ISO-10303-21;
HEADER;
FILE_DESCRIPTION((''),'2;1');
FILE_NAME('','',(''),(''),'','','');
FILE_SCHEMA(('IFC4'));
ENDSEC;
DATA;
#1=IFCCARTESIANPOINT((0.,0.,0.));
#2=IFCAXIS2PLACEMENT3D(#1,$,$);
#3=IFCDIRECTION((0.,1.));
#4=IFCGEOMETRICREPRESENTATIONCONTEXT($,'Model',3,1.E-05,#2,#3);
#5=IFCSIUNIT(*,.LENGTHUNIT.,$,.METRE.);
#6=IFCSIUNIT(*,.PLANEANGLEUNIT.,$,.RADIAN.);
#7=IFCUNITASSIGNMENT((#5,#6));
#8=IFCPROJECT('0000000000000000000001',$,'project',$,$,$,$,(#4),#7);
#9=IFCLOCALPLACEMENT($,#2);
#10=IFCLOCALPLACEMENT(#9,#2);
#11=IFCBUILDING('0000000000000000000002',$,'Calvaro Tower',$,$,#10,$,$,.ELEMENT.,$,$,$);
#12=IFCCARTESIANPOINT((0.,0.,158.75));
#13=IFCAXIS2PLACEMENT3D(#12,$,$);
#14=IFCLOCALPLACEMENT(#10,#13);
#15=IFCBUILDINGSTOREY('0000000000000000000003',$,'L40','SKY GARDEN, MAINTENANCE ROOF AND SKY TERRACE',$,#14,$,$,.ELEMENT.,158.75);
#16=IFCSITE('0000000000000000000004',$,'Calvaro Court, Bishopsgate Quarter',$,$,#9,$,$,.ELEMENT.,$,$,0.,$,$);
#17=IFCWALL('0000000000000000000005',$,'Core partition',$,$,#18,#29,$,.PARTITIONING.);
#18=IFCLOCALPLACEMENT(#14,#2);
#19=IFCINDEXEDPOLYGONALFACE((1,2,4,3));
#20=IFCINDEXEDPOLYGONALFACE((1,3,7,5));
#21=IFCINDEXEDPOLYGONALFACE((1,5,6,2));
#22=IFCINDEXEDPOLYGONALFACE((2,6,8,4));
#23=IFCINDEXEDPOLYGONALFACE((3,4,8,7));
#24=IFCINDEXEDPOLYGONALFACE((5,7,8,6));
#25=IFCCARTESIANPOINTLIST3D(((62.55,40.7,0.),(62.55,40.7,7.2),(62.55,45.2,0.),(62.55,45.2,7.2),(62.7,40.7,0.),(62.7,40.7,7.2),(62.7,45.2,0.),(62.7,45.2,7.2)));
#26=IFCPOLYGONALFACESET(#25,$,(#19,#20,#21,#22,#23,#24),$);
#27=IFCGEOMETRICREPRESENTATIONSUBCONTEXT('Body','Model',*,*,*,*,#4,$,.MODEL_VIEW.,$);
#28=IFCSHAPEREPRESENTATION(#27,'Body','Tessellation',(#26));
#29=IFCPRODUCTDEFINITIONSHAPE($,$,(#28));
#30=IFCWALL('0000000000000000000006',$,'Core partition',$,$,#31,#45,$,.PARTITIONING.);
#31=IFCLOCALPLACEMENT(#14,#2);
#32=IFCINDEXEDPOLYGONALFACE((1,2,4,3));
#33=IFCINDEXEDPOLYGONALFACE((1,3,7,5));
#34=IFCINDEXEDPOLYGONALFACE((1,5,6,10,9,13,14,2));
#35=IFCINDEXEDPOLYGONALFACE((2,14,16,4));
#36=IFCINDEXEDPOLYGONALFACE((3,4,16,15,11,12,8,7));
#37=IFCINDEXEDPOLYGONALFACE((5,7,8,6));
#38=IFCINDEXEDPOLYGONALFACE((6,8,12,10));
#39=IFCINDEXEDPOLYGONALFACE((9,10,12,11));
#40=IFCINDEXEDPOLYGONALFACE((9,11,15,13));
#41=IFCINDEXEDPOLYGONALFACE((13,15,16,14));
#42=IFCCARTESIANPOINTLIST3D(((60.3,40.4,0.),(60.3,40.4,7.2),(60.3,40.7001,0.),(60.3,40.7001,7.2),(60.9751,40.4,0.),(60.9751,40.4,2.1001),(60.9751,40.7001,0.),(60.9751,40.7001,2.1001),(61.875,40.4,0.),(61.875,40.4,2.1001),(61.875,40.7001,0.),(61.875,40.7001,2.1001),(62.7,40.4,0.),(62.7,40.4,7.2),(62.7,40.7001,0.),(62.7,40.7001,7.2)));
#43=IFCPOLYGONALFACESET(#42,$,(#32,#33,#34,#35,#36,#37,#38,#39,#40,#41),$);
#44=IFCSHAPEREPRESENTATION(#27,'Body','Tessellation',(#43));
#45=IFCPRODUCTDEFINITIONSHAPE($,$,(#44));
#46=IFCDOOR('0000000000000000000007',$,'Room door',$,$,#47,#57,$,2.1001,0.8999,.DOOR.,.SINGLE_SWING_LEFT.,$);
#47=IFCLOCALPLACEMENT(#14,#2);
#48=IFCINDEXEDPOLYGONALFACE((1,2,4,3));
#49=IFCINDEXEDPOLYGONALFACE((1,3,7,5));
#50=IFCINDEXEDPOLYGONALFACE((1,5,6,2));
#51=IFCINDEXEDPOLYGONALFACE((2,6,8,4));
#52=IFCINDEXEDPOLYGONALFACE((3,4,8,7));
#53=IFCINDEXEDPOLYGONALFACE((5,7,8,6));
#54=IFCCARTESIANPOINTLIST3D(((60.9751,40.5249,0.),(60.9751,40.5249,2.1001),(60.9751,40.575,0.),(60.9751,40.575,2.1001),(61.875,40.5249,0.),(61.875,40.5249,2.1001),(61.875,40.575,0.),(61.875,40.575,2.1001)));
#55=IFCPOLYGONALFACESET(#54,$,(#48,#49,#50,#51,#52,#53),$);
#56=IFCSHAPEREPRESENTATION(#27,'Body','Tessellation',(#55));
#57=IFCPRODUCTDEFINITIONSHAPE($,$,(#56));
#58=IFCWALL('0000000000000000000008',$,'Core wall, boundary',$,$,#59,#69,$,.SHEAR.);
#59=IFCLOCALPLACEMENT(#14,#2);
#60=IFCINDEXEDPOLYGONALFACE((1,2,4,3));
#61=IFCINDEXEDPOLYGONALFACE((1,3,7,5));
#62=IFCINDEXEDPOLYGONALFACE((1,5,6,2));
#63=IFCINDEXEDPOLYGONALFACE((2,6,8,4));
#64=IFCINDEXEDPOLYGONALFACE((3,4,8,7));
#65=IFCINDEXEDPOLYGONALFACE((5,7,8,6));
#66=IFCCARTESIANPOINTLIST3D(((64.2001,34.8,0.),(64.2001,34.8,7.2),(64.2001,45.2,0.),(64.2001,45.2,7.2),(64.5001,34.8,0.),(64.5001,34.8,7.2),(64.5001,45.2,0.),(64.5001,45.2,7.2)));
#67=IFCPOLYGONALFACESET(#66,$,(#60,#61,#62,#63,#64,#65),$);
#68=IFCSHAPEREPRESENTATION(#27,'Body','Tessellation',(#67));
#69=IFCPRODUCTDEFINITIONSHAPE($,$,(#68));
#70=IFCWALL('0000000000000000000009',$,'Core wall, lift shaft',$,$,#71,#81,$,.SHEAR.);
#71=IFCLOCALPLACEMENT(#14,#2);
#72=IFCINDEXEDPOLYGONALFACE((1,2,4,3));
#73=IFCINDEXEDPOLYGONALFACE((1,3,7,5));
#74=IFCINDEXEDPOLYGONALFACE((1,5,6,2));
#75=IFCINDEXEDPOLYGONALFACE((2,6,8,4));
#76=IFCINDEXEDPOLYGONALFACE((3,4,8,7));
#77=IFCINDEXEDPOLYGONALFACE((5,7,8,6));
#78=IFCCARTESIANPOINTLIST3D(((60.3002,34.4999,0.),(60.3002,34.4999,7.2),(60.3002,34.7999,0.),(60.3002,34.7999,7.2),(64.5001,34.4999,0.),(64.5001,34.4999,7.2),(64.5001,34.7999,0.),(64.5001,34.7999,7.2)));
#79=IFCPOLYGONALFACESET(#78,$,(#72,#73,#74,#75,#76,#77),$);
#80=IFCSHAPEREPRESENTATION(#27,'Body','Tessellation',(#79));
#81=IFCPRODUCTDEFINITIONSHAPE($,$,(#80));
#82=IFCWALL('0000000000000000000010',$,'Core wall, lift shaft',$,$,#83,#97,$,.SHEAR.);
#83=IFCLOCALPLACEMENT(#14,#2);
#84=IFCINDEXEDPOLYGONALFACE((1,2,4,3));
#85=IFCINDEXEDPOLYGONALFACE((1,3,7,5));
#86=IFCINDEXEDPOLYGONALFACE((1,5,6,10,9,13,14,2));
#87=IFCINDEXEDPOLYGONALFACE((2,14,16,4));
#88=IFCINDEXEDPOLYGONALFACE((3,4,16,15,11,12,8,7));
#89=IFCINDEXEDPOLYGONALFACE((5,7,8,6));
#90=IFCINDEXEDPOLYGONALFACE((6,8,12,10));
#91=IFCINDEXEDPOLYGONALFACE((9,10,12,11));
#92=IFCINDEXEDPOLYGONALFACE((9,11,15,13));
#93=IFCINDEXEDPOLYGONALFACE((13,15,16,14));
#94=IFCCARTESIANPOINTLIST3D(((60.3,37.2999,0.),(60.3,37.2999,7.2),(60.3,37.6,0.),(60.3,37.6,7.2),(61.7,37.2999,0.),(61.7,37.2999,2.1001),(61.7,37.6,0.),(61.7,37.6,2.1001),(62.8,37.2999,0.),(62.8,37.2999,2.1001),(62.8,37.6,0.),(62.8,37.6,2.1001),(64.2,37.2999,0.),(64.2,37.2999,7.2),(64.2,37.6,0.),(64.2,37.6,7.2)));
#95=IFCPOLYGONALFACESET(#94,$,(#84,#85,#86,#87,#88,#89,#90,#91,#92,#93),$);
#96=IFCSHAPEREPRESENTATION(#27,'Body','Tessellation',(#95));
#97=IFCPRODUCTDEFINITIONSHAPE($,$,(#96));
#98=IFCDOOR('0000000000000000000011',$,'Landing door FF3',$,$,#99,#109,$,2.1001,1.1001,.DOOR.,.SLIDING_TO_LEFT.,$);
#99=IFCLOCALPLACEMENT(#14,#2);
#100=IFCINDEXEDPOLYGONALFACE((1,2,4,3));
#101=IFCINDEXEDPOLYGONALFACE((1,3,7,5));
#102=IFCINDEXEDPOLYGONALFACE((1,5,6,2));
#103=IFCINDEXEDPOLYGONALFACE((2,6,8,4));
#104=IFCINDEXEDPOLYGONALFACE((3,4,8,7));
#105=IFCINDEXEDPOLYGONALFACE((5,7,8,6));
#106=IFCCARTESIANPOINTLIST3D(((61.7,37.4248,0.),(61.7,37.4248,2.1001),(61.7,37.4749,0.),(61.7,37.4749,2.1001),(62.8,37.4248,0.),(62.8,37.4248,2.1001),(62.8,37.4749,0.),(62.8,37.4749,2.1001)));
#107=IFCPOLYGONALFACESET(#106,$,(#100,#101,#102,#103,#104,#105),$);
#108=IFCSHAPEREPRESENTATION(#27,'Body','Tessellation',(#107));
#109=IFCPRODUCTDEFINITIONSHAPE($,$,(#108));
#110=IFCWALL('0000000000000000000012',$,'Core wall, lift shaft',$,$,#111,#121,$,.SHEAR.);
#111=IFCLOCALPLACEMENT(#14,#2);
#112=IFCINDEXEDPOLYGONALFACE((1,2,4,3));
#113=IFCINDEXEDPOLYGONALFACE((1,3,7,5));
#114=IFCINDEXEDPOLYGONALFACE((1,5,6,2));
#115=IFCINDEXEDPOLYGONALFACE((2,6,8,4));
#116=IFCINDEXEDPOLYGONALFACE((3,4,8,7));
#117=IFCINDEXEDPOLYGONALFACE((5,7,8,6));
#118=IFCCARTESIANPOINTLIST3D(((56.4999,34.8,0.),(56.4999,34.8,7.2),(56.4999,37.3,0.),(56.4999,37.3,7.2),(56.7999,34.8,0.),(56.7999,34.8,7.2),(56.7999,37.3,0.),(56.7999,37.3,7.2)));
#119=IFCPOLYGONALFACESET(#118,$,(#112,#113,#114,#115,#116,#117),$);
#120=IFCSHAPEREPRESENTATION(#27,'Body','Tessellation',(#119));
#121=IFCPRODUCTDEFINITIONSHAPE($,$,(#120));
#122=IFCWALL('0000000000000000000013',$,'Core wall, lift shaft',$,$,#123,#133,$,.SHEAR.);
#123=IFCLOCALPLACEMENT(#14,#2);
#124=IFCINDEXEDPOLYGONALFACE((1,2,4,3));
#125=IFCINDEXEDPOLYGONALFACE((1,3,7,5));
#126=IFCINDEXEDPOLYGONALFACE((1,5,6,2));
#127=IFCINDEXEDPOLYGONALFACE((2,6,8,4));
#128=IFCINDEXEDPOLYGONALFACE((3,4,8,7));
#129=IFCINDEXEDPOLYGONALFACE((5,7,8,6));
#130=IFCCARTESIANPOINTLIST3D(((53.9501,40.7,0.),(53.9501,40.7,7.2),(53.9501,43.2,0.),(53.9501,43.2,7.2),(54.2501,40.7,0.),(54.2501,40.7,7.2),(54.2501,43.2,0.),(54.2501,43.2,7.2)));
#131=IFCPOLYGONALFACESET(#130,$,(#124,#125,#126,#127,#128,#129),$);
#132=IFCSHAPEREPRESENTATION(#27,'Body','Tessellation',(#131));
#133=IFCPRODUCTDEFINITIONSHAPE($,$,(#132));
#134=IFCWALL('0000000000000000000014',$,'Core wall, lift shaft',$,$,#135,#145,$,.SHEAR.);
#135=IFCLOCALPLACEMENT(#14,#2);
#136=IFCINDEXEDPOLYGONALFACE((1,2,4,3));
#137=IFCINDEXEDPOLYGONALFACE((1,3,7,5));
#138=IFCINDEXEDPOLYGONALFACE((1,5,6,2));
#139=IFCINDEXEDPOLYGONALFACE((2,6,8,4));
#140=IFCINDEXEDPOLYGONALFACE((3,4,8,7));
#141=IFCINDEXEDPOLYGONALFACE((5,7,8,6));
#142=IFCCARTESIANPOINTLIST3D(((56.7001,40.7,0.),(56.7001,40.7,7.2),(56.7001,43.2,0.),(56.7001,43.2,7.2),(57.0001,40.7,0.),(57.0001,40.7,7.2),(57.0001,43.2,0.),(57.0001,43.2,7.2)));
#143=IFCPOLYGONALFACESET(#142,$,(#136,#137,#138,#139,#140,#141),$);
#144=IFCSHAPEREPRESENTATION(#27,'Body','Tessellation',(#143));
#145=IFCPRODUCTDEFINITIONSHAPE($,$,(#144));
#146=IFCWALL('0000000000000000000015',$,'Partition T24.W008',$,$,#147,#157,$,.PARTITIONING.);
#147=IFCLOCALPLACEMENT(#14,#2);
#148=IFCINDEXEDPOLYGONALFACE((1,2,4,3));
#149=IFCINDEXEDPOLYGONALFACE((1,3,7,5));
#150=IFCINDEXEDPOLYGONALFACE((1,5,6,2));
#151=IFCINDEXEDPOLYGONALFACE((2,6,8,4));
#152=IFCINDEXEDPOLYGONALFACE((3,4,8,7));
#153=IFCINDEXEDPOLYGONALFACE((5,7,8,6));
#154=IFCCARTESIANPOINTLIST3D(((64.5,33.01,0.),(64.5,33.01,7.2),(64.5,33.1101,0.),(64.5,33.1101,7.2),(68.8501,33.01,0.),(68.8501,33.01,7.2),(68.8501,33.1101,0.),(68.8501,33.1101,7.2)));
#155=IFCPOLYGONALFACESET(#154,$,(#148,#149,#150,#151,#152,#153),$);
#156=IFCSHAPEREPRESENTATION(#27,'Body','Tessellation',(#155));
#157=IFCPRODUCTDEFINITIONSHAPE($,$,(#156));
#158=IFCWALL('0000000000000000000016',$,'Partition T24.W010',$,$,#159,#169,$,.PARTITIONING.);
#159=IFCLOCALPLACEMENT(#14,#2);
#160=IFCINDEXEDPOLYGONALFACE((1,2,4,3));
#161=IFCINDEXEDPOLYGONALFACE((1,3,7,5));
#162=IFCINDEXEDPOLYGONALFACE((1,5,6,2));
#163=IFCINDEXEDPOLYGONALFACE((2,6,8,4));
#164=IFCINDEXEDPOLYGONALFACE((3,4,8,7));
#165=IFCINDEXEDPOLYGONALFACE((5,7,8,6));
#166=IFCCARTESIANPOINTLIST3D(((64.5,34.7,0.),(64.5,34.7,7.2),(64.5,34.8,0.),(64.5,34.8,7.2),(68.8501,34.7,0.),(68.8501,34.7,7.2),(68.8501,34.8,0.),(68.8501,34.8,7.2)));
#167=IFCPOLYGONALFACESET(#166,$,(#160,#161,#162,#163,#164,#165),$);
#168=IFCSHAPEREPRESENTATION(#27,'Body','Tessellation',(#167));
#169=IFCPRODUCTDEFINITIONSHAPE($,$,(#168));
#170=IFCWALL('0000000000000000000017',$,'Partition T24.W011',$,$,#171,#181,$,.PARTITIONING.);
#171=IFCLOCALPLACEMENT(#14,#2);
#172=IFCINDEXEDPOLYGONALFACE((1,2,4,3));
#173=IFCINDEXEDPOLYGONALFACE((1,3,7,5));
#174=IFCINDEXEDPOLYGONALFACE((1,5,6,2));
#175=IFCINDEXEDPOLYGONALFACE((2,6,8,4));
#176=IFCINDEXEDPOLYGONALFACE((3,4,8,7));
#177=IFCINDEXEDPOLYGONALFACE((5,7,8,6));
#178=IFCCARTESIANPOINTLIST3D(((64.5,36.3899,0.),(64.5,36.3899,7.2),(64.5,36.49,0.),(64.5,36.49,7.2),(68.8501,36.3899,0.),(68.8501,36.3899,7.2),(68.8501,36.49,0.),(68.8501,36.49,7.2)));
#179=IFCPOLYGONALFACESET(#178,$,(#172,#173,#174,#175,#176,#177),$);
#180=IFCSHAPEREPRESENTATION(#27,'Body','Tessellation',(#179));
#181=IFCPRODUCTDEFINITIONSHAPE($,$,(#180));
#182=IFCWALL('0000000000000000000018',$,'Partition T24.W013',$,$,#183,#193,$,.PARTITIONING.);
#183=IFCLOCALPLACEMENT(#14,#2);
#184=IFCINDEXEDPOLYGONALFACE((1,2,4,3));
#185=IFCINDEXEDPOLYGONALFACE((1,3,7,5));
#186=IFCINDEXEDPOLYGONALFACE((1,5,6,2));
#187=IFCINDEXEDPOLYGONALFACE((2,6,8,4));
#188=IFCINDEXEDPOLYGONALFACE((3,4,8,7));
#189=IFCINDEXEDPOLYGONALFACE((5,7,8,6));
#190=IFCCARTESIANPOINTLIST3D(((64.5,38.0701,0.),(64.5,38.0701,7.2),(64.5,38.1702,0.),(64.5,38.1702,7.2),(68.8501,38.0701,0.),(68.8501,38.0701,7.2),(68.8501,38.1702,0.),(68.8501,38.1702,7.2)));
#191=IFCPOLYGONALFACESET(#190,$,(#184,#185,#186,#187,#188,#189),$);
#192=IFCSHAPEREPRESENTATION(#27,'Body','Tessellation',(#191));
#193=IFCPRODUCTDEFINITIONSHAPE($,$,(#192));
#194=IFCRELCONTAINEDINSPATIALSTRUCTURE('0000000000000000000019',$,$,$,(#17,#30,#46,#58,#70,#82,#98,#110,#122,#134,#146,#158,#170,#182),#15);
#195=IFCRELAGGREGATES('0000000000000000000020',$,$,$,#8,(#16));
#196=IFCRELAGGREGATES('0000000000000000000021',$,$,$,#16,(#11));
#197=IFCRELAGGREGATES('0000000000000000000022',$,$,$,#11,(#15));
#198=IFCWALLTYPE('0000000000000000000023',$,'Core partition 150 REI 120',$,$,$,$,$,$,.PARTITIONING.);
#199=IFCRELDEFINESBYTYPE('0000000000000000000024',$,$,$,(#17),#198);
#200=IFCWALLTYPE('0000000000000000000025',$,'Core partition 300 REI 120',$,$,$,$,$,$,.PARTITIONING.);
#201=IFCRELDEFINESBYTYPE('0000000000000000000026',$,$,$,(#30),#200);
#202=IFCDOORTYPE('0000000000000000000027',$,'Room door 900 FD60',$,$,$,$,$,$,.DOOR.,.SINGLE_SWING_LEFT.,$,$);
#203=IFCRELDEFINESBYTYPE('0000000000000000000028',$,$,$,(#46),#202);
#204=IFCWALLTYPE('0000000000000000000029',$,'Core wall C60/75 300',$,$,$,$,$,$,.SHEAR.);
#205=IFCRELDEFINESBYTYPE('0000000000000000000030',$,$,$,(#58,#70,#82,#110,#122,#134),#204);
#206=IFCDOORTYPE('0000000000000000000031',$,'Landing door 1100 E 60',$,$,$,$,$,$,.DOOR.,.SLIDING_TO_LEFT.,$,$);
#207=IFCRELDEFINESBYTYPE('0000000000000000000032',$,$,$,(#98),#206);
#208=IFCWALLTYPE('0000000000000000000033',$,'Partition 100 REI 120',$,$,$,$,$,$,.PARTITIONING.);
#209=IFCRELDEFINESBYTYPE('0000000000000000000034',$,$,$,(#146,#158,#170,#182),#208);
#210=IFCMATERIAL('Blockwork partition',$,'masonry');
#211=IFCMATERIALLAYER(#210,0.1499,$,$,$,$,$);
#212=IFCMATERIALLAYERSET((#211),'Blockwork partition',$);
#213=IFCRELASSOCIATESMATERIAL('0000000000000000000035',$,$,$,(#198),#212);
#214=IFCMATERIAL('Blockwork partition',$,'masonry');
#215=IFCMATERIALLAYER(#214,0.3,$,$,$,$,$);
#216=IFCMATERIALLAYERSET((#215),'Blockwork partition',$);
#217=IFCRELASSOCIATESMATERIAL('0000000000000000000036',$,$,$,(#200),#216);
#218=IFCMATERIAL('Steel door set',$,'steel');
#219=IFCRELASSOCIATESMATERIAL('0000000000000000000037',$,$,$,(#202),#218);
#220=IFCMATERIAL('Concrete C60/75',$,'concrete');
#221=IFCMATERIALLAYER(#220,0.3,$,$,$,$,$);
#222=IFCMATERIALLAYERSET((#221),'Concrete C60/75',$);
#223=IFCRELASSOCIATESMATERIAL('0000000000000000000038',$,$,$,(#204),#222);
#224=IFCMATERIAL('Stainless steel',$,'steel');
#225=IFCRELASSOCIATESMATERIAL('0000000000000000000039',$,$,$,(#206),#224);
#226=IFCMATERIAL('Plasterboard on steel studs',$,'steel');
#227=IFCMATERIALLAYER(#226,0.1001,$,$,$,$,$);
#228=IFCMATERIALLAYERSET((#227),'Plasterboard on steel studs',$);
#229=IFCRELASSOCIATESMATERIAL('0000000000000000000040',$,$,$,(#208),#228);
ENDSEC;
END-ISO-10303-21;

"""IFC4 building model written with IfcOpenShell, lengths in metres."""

from ifc_helpers import new_model, si_unit, direction, frame, frame_2d, origin, place, context, subcontext, project, spatial, rectangle, extrude, material, layer, layer_set, type_object, element, fill, save


model = new_model("IFC4")

# Units and contexts
model_context = context("Model", 3, precision=1e-05, world=origin(), true_north=direction((0.0, 1.0)))
body_context = subcontext(model_context, "Body", "Model", "MODEL_VIEW")
ifc_project = project(units=[si_unit("LENGTHUNIT", "METRE"), si_unit("PLANEANGLEUNIT", "RADIAN")], contexts=[model_context])

# Site, building, storey
site_placement = place(None, origin())
site = spatial("IfcSite", under=ifc_project, at=site_placement, Name="Calvaro Court, Bishopsgate Quarter", CompositionType="ELEMENT", RefElevation=0.0)
building_placement = place(site_placement, origin())
building = spatial("IfcBuilding", under=site, at=building_placement, Name="Calvaro Tower", CompositionType="ELEMENT")
storey_placement = place(building_placement, frame((0.0, 0.0, 158.75)))
storey = spatial("IfcBuildingStorey", under=building, at=storey_placement, Name="L40", Description="SKY GARDEN, MAINTENANCE ROOF AND SKY TERRACE", CompositionType="ELEMENT", Elevation=158.75)

# Wall
ifc_material_1 = material(Name="Blockwork partition", Category="masonry")
ifc_layer_1 = layer(ifc_material_1, 0.1499)
ifc_layer_set_1 = layer_set([ifc_layer_1], Name="Blockwork partition")
wall_type_1 = type_object("IfcWallType", Name="Core partition 150 REI 120", PredefinedType="PARTITIONING", material=ifc_layer_set_1)
wall_1_placement = place(storey_placement, frame((62.625, 40.7, 0.0), z_axis=(0.0, 0.0, 1.0), x_axis=(0.0, 1.0, 0.0)))
element("IfcWall", 1, at=wall_1_placement, inside=storey, type_object=wall_type_1, Name="Core partition", PredefinedType="PARTITIONING", context=body_context, shape_type="SweptSolid", body=[
    extrude(rectangle(XDim=4.5, YDim=0.1499, at=frame_2d((2.25, 0.0))), origin(), (0.0, 0.0, 1.0), 7.2),
])

# Wall, opening, door
ifc_material_2 = material(Name="Blockwork partition", Category="masonry")
ifc_layer_2 = layer(ifc_material_2, 0.3)
ifc_layer_set_2 = layer_set([ifc_layer_2], Name="Blockwork partition")
wall_type_2 = type_object("IfcWallType", Name="Core partition 300 REI 120", PredefinedType="PARTITIONING", material=ifc_layer_set_2)
wall_2_placement = place(storey_placement, frame((60.3, 40.55, 0.0), z_axis=(0.0, 0.0, 1.0), x_axis=(1.0, 0.0, 0.0)))
wall_2 = element("IfcWall", 2, at=wall_2_placement, inside=storey, type_object=wall_type_2, Name="Core partition", PredefinedType="PARTITIONING", context=body_context, shape_type="SweptSolid", body=[
    extrude(rectangle(XDim=2.3999, YDim=0.3, at=frame_2d((1.2, 0.0))), origin(), (0.0, 0.0, 1.0), 7.2),
])
opening_1_placement = place(wall_2_placement, frame((0.675, 0.0, 0.0)))
opening_1 = element("IfcOpeningElement", 3, at=opening_1_placement, cuts=wall_2, PredefinedType="OPENING", context=body_context, shape_type="SweptSolid", body=[
    extrude(rectangle(XDim=0.8999, YDim=2.1001, at=frame_2d((0.45, 1.05))), frame((0.0, 0.1599, 0.0), z_axis=(0.0, -1.0, 0.0), x_axis=(1.0, 0.0, 0.0)), (0.0, 0.0, 1.0), 0.3201),
])
ifc_material_3 = material(Name="Steel door set", Category="steel")
door_type_1 = type_object("IfcDoorType", Name="Room door 900 FD60", OperationType="SINGLE_SWING_LEFT", PredefinedType="DOOR", material=ifc_material_3)
door_1_placement = place(opening_1_placement, origin())
door_1 = element("IfcDoor", 4, at=door_1_placement, inside=storey, type_object=door_type_1, Name="Room door", OperationType="SINGLE_SWING_LEFT", OverallHeight=2.1001, OverallWidth=0.8999, PredefinedType="DOOR", context=body_context, shape_type="SweptSolid", body=[
    extrude(rectangle(XDim=0.8999, YDim=2.1001, at=frame_2d((0.45, 1.05))), frame((0.0, 0.0249, 0.0), z_axis=(0.0, -1.0, 0.0), x_axis=(1.0, 0.0, 0.0)), (0.0, 0.0, 1.0), 0.05),
])
fill(opening_1, door_1)

# Walls
ifc_material_4 = material(Name="Concrete C60/75", Category="concrete")
ifc_layer_3 = layer(ifc_material_4, 0.3)
ifc_layer_set_3 = layer_set([ifc_layer_3], Name="Concrete C60/75")
wall_type_3 = type_object("IfcWallType", Name="Core wall C60/75 300", PredefinedType="SHEAR", material=ifc_layer_set_3)
wall_3_placement = place(storey_placement, frame((64.3501, 34.8, 0.0), z_axis=(0.0, 0.0, 1.0), x_axis=(0.0, 1.0, 0.0)))
element("IfcWall", 5, at=wall_3_placement, inside=storey, type_object=wall_type_3, Name="Core wall, boundary", PredefinedType="SHEAR", context=body_context, shape_type="SweptSolid", body=[
    extrude(rectangle(XDim=10.3999, YDim=0.3, at=frame_2d((5.2, 0.0))), origin(), (0.0, 0.0, 1.0), 7.2),
])
wall_4_placement = place(storey_placement, frame((60.3, 34.6499, 0.0), z_axis=(0.0, 0.0, 1.0), x_axis=(1.0, 0.0, 0.0)))
element("IfcWall", 6, at=wall_4_placement, inside=storey, type_object=wall_type_3, Name="Core wall, lift shaft", PredefinedType="SHEAR", context=body_context, shape_type="SweptSolid", body=[
    extrude(rectangle(XDim=4.2, YDim=0.3, at=frame_2d((2.1001, 0.0))), origin(), (0.0, 0.0, 1.0), 7.2),
])

# Wall, opening, door
wall_5_placement = place(storey_placement, frame((60.3, 37.45, 0.0), z_axis=(0.0, 0.0, 1.0), x_axis=(1.0, 0.0, 0.0)))
wall_5 = element("IfcWall", 7, at=wall_5_placement, inside=storey, type_object=wall_type_3, Name="Core wall, lift shaft", PredefinedType="SHEAR", context=body_context, shape_type="SweptSolid", body=[
    extrude(rectangle(XDim=3.8999, YDim=0.3, at=frame_2d((1.95, 0.0))), origin(), (0.0, 0.0, 1.0), 7.2),
])
opening_2_placement = place(wall_5_placement, frame((1.3999, 0.0, 0.0)))
opening_2 = element("IfcOpeningElement", 8, at=opening_2_placement, cuts=wall_5, PredefinedType="OPENING", context=body_context, shape_type="SweptSolid", body=[
    extrude(rectangle(XDim=1.1001, YDim=2.1001, at=frame_2d((0.55, 1.05))), frame((0.0, 0.1599, 0.0), z_axis=(0.0, -1.0, 0.0), x_axis=(1.0, 0.0, 0.0)), (0.0, 0.0, 1.0), 0.3201),
])
ifc_material_5 = material(Name="Stainless steel", Category="steel")
door_type_2 = type_object("IfcDoorType", Name="Landing door 1100 E 60", OperationType="SLIDING_TO_LEFT", PredefinedType="DOOR", material=ifc_material_5)
door_2_placement = place(opening_2_placement, origin())
door_2 = element("IfcDoor", 9, at=door_2_placement, inside=storey, type_object=door_type_2, Name="Landing door FF3", OperationType="SLIDING_TO_LEFT", OverallHeight=2.1001, OverallWidth=1.1001, PredefinedType="DOOR", context=body_context, shape_type="SweptSolid", body=[
    extrude(rectangle(XDim=1.1001, YDim=2.1001, at=frame_2d((0.55, 1.05))), frame((0.0, 0.0249, 0.0), z_axis=(0.0, -1.0, 0.0), x_axis=(1.0, 0.0, 0.0)), (0.0, 0.0, 1.0), 0.05),
])
fill(opening_2, door_2)

# Walls
for number, where, z_axis, x_axis, name in (
    (10, (56.6499, 34.8, 0.0), (0.0, 0.0, 1.0), (0.0, 1.0, 0.0), "Core wall, lift shaft"),
    (11, (54.1001, 40.7, 0.0), (0.0, 0.0, 1.0), (0.0, 1.0, 0.0), "Core wall, lift shaft"),
    (12, (56.8501, 40.7, 0.0), (0.0, 0.0, 1.0), (0.0, 1.0, 0.0), "Core wall, lift shaft"),
):
    element("IfcWall", number, at=place(storey_placement, frame(where, z_axis=z_axis, x_axis=x_axis)), inside=storey, type_object=wall_type_3, Name=name, PredefinedType="SHEAR", context=body_context, shape_type="SweptSolid", body=[
        extrude(rectangle(XDim=2.5, YDim=0.3, at=frame_2d((1.25, 0.0))), origin(), (0.0, 0.0, 1.0), 7.2),
    ])
ifc_material_6 = material(Name="Plasterboard on steel studs", Category="steel")
ifc_layer_4 = layer(ifc_material_6, 0.1001)
ifc_layer_set_4 = layer_set([ifc_layer_4], Name="Plasterboard on steel studs")
wall_type_4 = type_object("IfcWallType", Name="Partition 100 REI 120", PredefinedType="PARTITIONING", material=ifc_layer_set_4)
for number, where, z_axis, x_axis, name in (
    (13, (64.5, 33.0601, 0.0), (0.0, 0.0, 1.0), (1.0, 0.0, 0.0), "Partition T24.W008"),
    (14, (64.5, 34.75, 0.0), (0.0, 0.0, 1.0), (1.0, 0.0, 0.0), "Partition T24.W010"),
    (15, (64.5, 36.4399, 0.0), (0.0, 0.0, 1.0), (1.0, 0.0, 0.0), "Partition T24.W011"),
    (16, (64.5, 38.1201, 0.0), (0.0, 0.0, 1.0), (1.0, 0.0, 0.0), "Partition T24.W013"),
):
    element("IfcWall", number, at=place(storey_placement, frame(where, z_axis=z_axis, x_axis=x_axis)), inside=storey, type_object=wall_type_4, Name=name, PredefinedType="PARTITIONING", context=body_context, shape_type="SweptSolid", body=[
        extrude(rectangle(XDim=4.3501, YDim=0.1001, at=frame_2d((2.175, 0.0))), origin(), (0.0, 0.0, 1.0), 7.2),
    ])

save(model, "model.ifc")
